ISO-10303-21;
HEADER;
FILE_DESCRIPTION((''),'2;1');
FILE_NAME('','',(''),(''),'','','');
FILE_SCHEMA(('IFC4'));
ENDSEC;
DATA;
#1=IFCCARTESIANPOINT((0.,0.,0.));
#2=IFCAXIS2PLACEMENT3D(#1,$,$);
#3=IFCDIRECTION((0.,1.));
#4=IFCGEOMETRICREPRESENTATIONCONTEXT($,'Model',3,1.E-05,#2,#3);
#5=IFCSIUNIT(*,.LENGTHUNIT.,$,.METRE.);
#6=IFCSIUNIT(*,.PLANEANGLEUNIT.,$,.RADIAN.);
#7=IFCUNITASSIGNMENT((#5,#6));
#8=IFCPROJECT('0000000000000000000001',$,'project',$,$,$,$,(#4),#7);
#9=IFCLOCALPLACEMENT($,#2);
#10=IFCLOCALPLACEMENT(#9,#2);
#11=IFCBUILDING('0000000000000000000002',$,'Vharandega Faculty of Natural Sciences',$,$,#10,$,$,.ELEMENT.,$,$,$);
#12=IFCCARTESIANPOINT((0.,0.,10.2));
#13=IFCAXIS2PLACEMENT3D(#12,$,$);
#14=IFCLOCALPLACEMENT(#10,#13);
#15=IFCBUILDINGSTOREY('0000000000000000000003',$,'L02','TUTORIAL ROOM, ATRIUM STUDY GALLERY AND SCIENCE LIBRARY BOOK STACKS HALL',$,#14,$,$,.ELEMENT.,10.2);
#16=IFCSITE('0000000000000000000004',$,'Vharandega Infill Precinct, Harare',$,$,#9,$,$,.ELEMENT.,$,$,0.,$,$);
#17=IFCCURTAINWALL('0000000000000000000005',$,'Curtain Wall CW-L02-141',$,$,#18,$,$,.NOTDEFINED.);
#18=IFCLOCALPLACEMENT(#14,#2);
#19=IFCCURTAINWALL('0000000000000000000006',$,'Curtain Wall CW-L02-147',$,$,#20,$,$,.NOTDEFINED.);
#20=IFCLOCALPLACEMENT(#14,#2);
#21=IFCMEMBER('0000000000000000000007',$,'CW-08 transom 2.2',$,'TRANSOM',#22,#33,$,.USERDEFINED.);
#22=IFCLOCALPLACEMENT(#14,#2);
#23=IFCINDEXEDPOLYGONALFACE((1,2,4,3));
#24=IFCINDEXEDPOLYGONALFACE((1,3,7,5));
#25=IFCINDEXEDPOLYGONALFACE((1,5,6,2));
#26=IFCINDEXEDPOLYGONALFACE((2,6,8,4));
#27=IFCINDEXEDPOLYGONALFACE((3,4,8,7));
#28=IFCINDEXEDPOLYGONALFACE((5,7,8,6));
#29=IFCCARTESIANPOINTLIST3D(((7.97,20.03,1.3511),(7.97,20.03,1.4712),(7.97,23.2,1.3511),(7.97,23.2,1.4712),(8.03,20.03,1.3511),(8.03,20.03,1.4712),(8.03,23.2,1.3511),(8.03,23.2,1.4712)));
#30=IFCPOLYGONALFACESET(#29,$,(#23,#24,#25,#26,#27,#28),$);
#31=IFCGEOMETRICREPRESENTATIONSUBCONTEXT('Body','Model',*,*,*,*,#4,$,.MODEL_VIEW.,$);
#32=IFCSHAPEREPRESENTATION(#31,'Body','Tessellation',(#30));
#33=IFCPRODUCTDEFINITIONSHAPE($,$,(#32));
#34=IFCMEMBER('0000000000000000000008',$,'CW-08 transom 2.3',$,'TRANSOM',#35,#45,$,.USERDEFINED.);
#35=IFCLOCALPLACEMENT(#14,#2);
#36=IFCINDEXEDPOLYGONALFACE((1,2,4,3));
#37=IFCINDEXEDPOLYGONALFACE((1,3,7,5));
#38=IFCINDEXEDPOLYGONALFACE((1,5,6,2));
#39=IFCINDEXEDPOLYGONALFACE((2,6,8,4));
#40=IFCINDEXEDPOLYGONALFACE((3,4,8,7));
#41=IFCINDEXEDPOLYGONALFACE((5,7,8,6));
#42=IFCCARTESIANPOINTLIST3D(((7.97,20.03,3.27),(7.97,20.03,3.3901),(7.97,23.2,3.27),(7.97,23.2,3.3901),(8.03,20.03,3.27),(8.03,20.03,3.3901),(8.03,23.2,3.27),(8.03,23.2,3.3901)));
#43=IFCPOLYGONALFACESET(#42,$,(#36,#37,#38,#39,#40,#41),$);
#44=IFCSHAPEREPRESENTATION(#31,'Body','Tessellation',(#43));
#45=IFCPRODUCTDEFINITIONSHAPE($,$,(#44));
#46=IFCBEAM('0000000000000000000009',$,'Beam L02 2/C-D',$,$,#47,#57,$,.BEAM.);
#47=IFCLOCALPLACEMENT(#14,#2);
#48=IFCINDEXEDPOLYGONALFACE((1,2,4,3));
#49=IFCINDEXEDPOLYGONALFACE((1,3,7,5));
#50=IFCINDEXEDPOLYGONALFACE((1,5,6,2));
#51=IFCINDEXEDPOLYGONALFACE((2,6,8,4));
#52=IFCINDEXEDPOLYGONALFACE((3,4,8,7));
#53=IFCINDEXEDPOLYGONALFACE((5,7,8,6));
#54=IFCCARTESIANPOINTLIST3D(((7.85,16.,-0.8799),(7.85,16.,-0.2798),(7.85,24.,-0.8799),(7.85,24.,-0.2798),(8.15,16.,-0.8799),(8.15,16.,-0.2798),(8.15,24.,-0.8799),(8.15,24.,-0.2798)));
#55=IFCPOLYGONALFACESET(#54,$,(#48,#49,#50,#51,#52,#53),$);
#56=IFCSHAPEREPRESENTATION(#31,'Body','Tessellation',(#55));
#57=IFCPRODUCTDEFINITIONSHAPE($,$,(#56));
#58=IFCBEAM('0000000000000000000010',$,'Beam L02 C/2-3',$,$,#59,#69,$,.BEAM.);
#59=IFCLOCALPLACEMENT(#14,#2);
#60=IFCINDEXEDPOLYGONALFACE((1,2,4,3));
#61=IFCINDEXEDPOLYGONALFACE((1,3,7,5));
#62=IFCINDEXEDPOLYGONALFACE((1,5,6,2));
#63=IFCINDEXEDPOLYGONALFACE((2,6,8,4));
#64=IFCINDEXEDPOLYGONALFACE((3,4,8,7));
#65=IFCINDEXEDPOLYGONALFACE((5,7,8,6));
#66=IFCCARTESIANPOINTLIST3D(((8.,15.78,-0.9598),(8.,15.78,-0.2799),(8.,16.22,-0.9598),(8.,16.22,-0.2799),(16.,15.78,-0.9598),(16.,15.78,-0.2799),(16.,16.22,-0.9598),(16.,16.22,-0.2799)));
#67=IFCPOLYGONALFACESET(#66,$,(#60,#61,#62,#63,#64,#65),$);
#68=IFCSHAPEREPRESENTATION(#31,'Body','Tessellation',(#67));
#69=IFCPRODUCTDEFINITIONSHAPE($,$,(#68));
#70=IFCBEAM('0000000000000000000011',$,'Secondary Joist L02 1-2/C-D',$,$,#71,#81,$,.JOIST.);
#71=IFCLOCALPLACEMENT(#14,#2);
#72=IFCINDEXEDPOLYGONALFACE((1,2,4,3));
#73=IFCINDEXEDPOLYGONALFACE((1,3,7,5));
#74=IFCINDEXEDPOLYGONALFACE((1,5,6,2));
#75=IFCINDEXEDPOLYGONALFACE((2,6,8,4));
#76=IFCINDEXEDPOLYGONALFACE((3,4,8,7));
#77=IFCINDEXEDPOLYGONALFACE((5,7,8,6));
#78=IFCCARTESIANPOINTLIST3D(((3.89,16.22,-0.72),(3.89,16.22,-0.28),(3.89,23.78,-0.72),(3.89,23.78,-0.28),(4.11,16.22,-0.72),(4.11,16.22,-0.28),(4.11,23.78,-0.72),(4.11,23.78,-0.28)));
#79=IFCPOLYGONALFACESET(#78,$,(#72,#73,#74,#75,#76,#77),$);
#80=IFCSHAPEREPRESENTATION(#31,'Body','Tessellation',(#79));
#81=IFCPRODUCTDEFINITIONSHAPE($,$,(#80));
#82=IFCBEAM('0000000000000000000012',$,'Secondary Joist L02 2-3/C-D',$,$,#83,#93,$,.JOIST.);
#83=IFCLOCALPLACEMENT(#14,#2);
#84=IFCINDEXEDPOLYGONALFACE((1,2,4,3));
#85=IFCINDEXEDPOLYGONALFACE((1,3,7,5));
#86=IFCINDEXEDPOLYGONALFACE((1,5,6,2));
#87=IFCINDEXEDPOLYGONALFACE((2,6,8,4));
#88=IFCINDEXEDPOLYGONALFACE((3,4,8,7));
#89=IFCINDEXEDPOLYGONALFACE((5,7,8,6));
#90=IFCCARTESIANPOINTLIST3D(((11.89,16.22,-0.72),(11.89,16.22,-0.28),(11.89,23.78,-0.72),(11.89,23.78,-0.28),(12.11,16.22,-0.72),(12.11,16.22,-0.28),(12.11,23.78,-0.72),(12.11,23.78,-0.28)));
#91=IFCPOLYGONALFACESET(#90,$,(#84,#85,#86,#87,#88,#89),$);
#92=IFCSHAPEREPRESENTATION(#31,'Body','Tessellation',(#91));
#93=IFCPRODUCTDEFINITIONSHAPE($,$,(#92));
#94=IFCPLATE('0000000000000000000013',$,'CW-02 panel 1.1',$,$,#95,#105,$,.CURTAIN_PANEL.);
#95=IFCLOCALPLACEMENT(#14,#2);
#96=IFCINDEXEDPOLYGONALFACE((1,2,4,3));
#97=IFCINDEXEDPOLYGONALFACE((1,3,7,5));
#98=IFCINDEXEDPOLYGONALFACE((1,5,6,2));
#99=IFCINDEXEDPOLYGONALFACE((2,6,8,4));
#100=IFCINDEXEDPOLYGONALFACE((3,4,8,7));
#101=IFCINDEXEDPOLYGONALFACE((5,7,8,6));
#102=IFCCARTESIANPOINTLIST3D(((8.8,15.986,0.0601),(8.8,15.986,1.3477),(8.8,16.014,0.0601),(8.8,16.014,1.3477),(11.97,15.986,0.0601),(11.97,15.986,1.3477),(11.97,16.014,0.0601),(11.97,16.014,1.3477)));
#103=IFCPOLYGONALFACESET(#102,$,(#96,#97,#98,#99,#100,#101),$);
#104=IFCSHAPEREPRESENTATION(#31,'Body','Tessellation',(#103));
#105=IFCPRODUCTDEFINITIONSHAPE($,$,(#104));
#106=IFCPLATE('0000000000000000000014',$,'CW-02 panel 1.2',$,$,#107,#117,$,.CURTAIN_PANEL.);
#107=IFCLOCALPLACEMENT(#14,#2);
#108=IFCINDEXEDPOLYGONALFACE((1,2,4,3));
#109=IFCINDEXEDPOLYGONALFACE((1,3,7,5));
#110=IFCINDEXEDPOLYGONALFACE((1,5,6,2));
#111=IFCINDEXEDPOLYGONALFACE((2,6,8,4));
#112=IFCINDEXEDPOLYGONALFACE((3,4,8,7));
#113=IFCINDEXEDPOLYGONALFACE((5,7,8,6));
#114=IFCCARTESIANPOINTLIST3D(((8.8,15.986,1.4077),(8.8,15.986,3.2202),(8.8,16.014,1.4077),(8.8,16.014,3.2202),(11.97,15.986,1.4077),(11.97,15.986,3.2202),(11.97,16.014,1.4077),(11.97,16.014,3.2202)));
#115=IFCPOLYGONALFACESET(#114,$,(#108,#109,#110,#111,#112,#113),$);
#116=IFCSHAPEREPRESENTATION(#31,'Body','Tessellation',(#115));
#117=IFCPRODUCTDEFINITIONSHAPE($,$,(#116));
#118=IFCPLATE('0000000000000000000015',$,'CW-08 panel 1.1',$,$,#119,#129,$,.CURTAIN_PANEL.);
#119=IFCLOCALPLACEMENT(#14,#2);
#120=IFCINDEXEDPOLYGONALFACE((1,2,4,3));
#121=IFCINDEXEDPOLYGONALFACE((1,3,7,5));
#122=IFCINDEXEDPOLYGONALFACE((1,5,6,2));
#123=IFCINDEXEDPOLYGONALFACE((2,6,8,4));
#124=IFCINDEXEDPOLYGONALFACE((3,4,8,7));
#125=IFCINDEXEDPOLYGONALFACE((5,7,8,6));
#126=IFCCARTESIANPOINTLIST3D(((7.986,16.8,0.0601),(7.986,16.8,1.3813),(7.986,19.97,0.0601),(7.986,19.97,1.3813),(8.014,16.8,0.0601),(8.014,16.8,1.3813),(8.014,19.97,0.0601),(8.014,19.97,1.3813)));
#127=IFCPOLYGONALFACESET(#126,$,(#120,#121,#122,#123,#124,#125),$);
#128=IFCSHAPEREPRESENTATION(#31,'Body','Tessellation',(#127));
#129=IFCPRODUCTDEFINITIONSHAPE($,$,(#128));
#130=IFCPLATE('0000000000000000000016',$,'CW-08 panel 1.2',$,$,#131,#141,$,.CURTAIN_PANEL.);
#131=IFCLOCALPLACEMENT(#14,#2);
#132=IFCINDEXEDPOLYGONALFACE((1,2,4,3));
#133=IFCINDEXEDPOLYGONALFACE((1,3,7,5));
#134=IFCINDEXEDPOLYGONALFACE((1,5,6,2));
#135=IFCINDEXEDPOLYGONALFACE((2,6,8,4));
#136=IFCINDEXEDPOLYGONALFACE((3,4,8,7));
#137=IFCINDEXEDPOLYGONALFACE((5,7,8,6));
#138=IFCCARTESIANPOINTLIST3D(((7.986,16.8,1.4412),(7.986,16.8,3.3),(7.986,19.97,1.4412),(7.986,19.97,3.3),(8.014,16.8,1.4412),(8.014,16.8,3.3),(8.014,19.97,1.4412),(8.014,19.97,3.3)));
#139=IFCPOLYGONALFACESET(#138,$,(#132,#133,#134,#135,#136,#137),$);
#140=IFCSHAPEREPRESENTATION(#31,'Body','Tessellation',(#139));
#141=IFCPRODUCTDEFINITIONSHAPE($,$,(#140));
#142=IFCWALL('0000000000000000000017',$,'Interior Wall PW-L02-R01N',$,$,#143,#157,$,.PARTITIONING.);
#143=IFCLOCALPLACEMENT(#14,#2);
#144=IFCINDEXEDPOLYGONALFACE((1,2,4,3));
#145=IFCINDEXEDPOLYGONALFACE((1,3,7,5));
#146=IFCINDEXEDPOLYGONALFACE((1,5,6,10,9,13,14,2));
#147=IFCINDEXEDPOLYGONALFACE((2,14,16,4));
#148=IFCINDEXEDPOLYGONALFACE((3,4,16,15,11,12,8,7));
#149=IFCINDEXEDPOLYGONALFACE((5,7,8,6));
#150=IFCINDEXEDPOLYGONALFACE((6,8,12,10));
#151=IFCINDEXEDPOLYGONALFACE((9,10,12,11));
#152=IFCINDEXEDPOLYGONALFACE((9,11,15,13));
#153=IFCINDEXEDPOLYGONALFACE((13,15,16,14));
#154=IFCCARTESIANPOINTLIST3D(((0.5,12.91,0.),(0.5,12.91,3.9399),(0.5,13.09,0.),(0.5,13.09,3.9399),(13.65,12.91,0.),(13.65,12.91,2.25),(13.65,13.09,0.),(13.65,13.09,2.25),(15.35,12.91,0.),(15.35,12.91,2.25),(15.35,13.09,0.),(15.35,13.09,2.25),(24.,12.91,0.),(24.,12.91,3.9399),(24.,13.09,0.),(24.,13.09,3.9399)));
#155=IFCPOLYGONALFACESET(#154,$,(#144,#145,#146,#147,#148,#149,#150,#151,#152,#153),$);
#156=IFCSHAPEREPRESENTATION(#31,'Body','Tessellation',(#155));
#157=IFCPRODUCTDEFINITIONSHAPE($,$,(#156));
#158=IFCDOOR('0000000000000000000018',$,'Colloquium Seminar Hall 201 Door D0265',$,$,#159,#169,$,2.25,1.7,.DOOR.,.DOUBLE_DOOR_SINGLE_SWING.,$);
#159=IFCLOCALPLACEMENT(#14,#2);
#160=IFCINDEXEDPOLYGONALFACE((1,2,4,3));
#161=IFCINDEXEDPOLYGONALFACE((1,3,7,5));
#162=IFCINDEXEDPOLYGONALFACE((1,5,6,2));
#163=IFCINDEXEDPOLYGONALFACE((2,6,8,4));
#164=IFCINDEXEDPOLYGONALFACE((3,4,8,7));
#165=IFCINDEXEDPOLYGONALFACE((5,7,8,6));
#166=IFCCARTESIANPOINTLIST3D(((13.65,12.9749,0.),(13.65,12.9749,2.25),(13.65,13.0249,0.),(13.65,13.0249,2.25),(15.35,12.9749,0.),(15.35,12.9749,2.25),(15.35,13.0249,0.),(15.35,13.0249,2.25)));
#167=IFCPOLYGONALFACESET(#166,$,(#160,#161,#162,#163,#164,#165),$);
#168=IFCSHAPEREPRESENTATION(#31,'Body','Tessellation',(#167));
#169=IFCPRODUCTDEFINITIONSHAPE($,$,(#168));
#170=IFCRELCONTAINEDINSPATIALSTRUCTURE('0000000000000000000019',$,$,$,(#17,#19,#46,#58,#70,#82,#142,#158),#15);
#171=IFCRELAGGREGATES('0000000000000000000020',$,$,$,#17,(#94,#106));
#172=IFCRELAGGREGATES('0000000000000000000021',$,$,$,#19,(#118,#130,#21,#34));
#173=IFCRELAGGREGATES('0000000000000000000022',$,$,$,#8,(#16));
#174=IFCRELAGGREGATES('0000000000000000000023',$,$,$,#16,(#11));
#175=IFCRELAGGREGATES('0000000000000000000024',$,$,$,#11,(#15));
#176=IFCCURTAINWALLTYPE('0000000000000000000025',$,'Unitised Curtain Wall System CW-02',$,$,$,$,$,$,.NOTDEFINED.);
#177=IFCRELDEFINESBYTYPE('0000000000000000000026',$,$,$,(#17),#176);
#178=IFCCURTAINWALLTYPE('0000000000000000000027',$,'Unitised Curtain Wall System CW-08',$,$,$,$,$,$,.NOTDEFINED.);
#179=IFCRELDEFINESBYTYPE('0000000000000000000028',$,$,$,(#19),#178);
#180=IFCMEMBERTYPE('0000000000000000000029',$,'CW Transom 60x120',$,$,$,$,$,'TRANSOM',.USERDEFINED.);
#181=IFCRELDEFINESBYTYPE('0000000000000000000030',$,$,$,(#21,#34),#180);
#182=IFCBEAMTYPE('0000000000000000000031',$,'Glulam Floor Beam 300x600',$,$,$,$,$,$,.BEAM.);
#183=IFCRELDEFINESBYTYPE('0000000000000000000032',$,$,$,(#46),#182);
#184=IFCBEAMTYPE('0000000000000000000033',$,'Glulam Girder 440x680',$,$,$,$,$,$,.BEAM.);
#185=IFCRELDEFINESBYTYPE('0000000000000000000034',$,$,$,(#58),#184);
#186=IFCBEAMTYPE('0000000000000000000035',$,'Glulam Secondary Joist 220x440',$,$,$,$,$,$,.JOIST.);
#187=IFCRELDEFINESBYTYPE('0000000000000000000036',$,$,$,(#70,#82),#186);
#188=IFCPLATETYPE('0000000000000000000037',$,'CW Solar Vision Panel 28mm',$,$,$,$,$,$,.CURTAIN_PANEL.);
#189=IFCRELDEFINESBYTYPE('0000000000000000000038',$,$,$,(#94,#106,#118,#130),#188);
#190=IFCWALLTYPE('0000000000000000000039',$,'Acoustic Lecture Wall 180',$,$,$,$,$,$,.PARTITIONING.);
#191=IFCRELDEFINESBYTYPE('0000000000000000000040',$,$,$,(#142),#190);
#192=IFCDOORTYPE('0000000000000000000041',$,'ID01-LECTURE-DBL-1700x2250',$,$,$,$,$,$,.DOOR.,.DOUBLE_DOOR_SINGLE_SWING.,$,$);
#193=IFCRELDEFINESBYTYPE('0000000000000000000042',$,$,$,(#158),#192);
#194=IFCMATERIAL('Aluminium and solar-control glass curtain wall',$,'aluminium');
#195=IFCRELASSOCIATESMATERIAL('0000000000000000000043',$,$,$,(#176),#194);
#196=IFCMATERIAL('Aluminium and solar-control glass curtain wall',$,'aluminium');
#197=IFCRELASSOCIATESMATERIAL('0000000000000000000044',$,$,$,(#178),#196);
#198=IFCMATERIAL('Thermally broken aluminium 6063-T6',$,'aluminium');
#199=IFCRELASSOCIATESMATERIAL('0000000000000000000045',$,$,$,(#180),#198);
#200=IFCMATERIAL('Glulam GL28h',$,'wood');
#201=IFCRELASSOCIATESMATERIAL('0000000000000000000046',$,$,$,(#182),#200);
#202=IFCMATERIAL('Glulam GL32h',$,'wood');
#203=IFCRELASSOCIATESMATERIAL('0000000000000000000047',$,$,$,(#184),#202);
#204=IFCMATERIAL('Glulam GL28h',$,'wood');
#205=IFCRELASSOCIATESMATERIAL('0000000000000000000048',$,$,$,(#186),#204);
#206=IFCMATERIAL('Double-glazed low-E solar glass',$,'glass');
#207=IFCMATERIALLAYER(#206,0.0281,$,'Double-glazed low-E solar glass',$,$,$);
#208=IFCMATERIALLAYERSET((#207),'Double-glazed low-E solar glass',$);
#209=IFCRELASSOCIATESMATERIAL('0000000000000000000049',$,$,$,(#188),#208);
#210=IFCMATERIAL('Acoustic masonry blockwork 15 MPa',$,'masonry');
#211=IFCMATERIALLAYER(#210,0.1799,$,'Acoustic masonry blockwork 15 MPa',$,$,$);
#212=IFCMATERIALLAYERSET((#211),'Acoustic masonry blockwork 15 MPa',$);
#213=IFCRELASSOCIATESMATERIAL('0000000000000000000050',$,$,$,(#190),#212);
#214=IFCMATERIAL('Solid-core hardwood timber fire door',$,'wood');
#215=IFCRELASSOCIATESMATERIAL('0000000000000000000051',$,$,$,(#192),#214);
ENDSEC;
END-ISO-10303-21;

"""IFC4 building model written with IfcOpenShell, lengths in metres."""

from ifc_helpers import new_model, si_unit, direction, frame, frame_2d, origin, origin_2d, place, context, subcontext, project, spatial, rectangle, extrude, material, layer, layer_set, material_profile, profile_set, type_object, element, fill, aggregate, save


model = new_model("IFC4")

# Units and contexts
model_context = context("Model", 3, precision=1e-05, world=origin(), true_north=direction((0.0, 1.0)))
body_context = subcontext(model_context, "Body", "Model", "MODEL_VIEW")
ifc_project = project(units=[si_unit("LENGTHUNIT", "METRE"), si_unit("PLANEANGLEUNIT", "RADIAN")], contexts=[model_context])

# Site, building, storey
site_placement = place(None, origin())
site = spatial("IfcSite", under=ifc_project, at=site_placement, Name="Vharandega Infill Precinct, Harare", CompositionType="ELEMENT", RefElevation=0.0)
building_placement = place(site_placement, origin())
building = spatial("IfcBuilding", under=site, at=building_placement, Name="Vharandega Faculty of Natural Sciences", CompositionType="ELEMENT")
storey_placement = place(building_placement, frame((0.0, 0.0, 10.2)))
storey = spatial("IfcBuildingStorey", under=building, at=storey_placement, Name="L02", Description="TUTORIAL ROOM, ATRIUM STUDY GALLERY AND SCIENCE LIBRARY BOOK STACKS HALL", CompositionType="ELEMENT", Elevation=10.2)

# Curtain walls
ifc_material_1 = material(Name="Aluminium and solar-control glass curtain wall", Category="aluminium")
curtain_wall_type_1 = type_object("IfcCurtainWallType", Name="Unitised Curtain Wall System CW-02", PredefinedType="NOTDEFINED", material=ifc_material_1)
curtain_wall_1_placement = place(storey_placement, origin())
curtain_wall_1 = element("IfcCurtainWall", 1, at=curtain_wall_1_placement, inside=storey, type_object=curtain_wall_type_1, Name="Curtain Wall CW-L02-141", PredefinedType="NOTDEFINED")
ifc_material_2 = material(Name="Aluminium and solar-control glass curtain wall", Category="aluminium")
curtain_wall_type_2 = type_object("IfcCurtainWallType", Name="Unitised Curtain Wall System CW-08", PredefinedType="NOTDEFINED", material=ifc_material_2)
curtain_wall_2_placement = place(storey_placement, origin())
curtain_wall_2 = element("IfcCurtainWall", 2, at=curtain_wall_2_placement, inside=storey, type_object=curtain_wall_type_2, Name="Curtain Wall CW-L02-147", PredefinedType="NOTDEFINED")

# Members
ifc_material_3 = material(Name="Thermally broken aluminium 6063-T6", Category="aluminium")
ifc_material_profile_1 = material_profile(ifc_material_3, rectangle(XDim=0.0601, YDim=0.1201, at=origin_2d()), Name="ALU 60x120")
ifc_profile_set_1 = profile_set([ifc_material_profile_1], Name="Thermally broken aluminium 6063-T6")
member_type_1 = type_object("IfcMemberType", Name="CW Transom 60x120", ElementType="TRANSOM", PredefinedType="USERDEFINED", material=ifc_profile_set_1)
member_1_placement = place(storey_placement, frame((8.0, 20.03, 1.4111), z_axis=(0.0, 1.0, 0.0), x_axis=(-1.0, 0.0, 0.0)))
member_1 = element("IfcMember", 3, at=member_1_placement, type_object=member_type_1, Name="CW-08 transom 2.2", ObjectType="TRANSOM", PredefinedType="USERDEFINED", context=body_context, shape_type="SweptSolid", body=[
    extrude(rectangle(XDim=0.0601, YDim=0.1201, at=origin_2d()), origin(), (0.0, 0.0, 1.0), 3.1699),
])
member_2_placement = place(storey_placement, frame((8.0, 20.03, 3.3301), z_axis=(0.0, 1.0, 0.0), x_axis=(-1.0, 0.0, 0.0)))
member_2 = element("IfcMember", 4, at=member_2_placement, type_object=member_type_1, Name="CW-08 transom 2.3", ObjectType="TRANSOM", PredefinedType="USERDEFINED", context=body_context, shape_type="SweptSolid", body=[
    extrude(rectangle(XDim=0.0601, YDim=0.1201, at=origin_2d()), origin(), (0.0, 0.0, 1.0), 3.1699),
])

# Beams
ifc_material_4 = material(Name="Glulam GL28h", Category="wood")
ifc_material_profile_2 = material_profile(ifc_material_4, rectangle(XDim=0.3, YDim=0.6001, at=origin_2d()), Name="GL28h 300x600")
ifc_profile_set_2 = profile_set([ifc_material_profile_2], Name="Glulam GL28h")
beam_type_1 = type_object("IfcBeamType", Name="Glulam Floor Beam 300x600", PredefinedType="BEAM", material=ifc_profile_set_2)
beam_1_placement = place(storey_placement, frame((8.0, 16.0, -0.5798), z_axis=(0.0, 1.0, 0.0), x_axis=(-1.0, 0.0, 0.0)))
element("IfcBeam", 5, at=beam_1_placement, inside=storey, type_object=beam_type_1, Name="Beam L02 2/C-D", PredefinedType="BEAM", context=body_context, shape_type="SweptSolid", body=[
    extrude(rectangle(XDim=0.3, YDim=0.6001, at=origin_2d()), origin(), (0.0, 0.0, 1.0), 8.0),
])
ifc_material_5 = material(Name="Glulam GL32h", Category="wood")
ifc_material_profile_3 = material_profile(ifc_material_5, rectangle(XDim=0.4399, YDim=0.6799, at=origin_2d()), Name="GL32h 440x680")
ifc_profile_set_3 = profile_set([ifc_material_profile_3], Name="Glulam GL32h")
beam_type_2 = type_object("IfcBeamType", Name="Glulam Girder 440x680", PredefinedType="BEAM", material=ifc_profile_set_3)
beam_2_placement = place(storey_placement, frame((8.0, 16.0, -0.6199), z_axis=(1.0, 0.0, 0.0), x_axis=(0.0, 1.0, 0.0)))
element("IfcBeam", 6, at=beam_2_placement, inside=storey, type_object=beam_type_2, Name="Beam L02 C/2-3", PredefinedType="BEAM", context=body_context, shape_type="SweptSolid", body=[
    extrude(rectangle(XDim=0.4399, YDim=0.6799, at=origin_2d()), origin(), (0.0, 0.0, 1.0), 8.0),
])
ifc_material_6 = material(Name="Glulam GL28h", Category="wood")
ifc_material_profile_4 = material_profile(ifc_material_6, rectangle(XDim=0.22, YDim=0.4399, at=origin_2d()), Name="GL28h 220x440")
ifc_profile_set_4 = profile_set([ifc_material_profile_4], Name="Glulam GL28h")
beam_type_3 = type_object("IfcBeamType", Name="Glulam Secondary Joist 220x440", PredefinedType="JOIST", material=ifc_profile_set_4)
for number, where, z_axis, x_axis, name in (
    (7, (4.0, 16.22, -0.5), (0.0, 1.0, 0.0), (-1.0, 0.0, 0.0), "Secondary Joist L02 1-2/C-D"),
    (8, (12.0, 16.22, -0.5), (0.0, 1.0, 0.0), (-1.0, 0.0, 0.0), "Secondary Joist L02 2-3/C-D"),
):
    element("IfcBeam", number, at=place(storey_placement, frame(where, z_axis=z_axis, x_axis=x_axis)), inside=storey, type_object=beam_type_3, Name=name, PredefinedType="JOIST", context=body_context, shape_type="SweptSolid", body=[
        extrude(rectangle(XDim=0.22, YDim=0.4399, at=origin_2d()), origin(), (0.0, 0.0, 1.0), 7.5601),
    ])

# Plates
ifc_material_7 = material(Name="Double-glazed low-E solar glass", Category="glass")
ifc_layer_1 = layer(ifc_material_7, 0.0281, Name="Double-glazed low-E solar glass")
ifc_layer_set_1 = layer_set([ifc_layer_1], Name="Double-glazed low-E solar glass")
plate_type = type_object("IfcPlateType", Name="CW Solar Vision Panel 28mm", PredefinedType="CURTAIN_PANEL", material=ifc_layer_set_1)
plate_1_placement = place(storey_placement, frame((10.385, 16.0, 0.0601), z_axis=(0.0, 0.0, 1.0), x_axis=(1.0, 0.0, 0.0)))
plate_1 = element("IfcPlate", 9, at=plate_1_placement, type_object=plate_type, Name="CW-02 panel 1.1", PredefinedType="CURTAIN_PANEL", context=body_context, shape_type="SweptSolid", body=[
    extrude(rectangle(XDim=3.1699, YDim=0.0281, at=origin_2d()), origin(), (0.0, 0.0, 1.0), 1.2876),
])
plate_2_placement = place(storey_placement, frame((10.385, 16.0, 1.4077), z_axis=(0.0, 0.0, 1.0), x_axis=(1.0, 0.0, 0.0)))
plate_2 = element("IfcPlate", 10, at=plate_2_placement, type_object=plate_type, Name="CW-02 panel 1.2", PredefinedType="CURTAIN_PANEL", context=body_context, shape_type="SweptSolid", body=[
    extrude(rectangle(XDim=3.1699, YDim=0.0281, at=origin_2d()), origin(), (0.0, 0.0, 1.0), 1.8125),
])
aggregate(curtain_wall_1, [plate_1, plate_2])
plate_3_placement = place(storey_placement, frame((8.0, 18.385, 0.0601), z_axis=(0.0, 0.0, 1.0), x_axis=(0.0, 1.0, 0.0)))
plate_3 = element("IfcPlate", 11, at=plate_3_placement, type_object=plate_type, Name="CW-08 panel 1.1", PredefinedType="CURTAIN_PANEL", context=body_context, shape_type="SweptSolid", body=[
    extrude(rectangle(XDim=3.1699, YDim=0.0281, at=origin_2d()), origin(), (0.0, 0.0, 1.0), 1.3213),
])
plate_4_placement = place(storey_placement, frame((8.0, 18.385, 1.4412), z_axis=(0.0, 0.0, 1.0), x_axis=(0.0, 1.0, 0.0)))
plate_4 = element("IfcPlate", 12, at=plate_4_placement, type_object=plate_type, Name="CW-08 panel 1.2", PredefinedType="CURTAIN_PANEL", context=body_context, shape_type="SweptSolid", body=[
    extrude(rectangle(XDim=3.1699, YDim=0.0281, at=origin_2d()), origin(), (0.0, 0.0, 1.0), 1.8589),
])
aggregate(curtain_wall_2, [plate_3, plate_4, member_1, member_2])

# Wall, opening, door
ifc_material_8 = material(Name="Acoustic masonry blockwork 15 MPa", Category="masonry")
ifc_layer_2 = layer(ifc_material_8, 0.1799, Name="Acoustic masonry blockwork 15 MPa")
ifc_layer_set_2 = layer_set([ifc_layer_2], Name="Acoustic masonry blockwork 15 MPa")
wall_type = type_object("IfcWallType", Name="Acoustic Lecture Wall 180", PredefinedType="PARTITIONING", material=ifc_layer_set_2)
wall_placement = place(storey_placement, frame((0.5, 13.0, 0.0), z_axis=(0.0, 0.0, 1.0), x_axis=(1.0, 0.0, 0.0)))
wall = element("IfcWall", 13, at=wall_placement, inside=storey, type_object=wall_type, Name="Interior Wall PW-L02-R01N", PredefinedType="PARTITIONING", context=body_context, shape_type="SweptSolid", body=[
    extrude(rectangle(XDim=23.5, YDim=0.1799, at=frame_2d((11.75, 0.0))), origin(), (0.0, 0.0, 1.0), 3.9399),
])
opening_placement = place(wall_placement, frame((13.1499, 0.0, 0.0)))
opening = element("IfcOpeningElement", 14, at=opening_placement, cuts=wall, PredefinedType="OPENING", context=body_context, shape_type="SweptSolid", body=[
    extrude(rectangle(XDim=1.7, YDim=2.25, at=frame_2d((0.8501, 1.125))), frame((0.0, 0.1001, 0.0), z_axis=(0.0, -1.0, 0.0), x_axis=(1.0, 0.0, 0.0)), (0.0, 0.0, 1.0), 0.2),
])
ifc_material_9 = material(Name="Solid-core hardwood timber fire door", Category="wood")
door_type = type_object("IfcDoorType", Name="ID01-LECTURE-DBL-1700x2250", OperationType="DOUBLE_DOOR_SINGLE_SWING", PredefinedType="DOOR", material=ifc_material_9)
door_placement = place(opening_placement, origin())
door = element("IfcDoor", 15, at=door_placement, inside=storey, type_object=door_type, Name="Colloquium Seminar Hall 201 Door D0265", OperationType="DOUBLE_DOOR_SINGLE_SWING", OverallHeight=2.25, OverallWidth=1.7, PredefinedType="DOOR", context=body_context, shape_type="SweptSolid", body=[
    extrude(rectangle(XDim=1.7, YDim=2.25, at=frame_2d((0.8501, 1.125))), frame((0.0, 0.0249, 0.0), z_axis=(0.0, -1.0, 0.0), x_axis=(1.0, 0.0, 0.0)), (0.0, 0.0, 1.0), 0.05),
])
fill(opening, door)

save(model, "model.ifc")
